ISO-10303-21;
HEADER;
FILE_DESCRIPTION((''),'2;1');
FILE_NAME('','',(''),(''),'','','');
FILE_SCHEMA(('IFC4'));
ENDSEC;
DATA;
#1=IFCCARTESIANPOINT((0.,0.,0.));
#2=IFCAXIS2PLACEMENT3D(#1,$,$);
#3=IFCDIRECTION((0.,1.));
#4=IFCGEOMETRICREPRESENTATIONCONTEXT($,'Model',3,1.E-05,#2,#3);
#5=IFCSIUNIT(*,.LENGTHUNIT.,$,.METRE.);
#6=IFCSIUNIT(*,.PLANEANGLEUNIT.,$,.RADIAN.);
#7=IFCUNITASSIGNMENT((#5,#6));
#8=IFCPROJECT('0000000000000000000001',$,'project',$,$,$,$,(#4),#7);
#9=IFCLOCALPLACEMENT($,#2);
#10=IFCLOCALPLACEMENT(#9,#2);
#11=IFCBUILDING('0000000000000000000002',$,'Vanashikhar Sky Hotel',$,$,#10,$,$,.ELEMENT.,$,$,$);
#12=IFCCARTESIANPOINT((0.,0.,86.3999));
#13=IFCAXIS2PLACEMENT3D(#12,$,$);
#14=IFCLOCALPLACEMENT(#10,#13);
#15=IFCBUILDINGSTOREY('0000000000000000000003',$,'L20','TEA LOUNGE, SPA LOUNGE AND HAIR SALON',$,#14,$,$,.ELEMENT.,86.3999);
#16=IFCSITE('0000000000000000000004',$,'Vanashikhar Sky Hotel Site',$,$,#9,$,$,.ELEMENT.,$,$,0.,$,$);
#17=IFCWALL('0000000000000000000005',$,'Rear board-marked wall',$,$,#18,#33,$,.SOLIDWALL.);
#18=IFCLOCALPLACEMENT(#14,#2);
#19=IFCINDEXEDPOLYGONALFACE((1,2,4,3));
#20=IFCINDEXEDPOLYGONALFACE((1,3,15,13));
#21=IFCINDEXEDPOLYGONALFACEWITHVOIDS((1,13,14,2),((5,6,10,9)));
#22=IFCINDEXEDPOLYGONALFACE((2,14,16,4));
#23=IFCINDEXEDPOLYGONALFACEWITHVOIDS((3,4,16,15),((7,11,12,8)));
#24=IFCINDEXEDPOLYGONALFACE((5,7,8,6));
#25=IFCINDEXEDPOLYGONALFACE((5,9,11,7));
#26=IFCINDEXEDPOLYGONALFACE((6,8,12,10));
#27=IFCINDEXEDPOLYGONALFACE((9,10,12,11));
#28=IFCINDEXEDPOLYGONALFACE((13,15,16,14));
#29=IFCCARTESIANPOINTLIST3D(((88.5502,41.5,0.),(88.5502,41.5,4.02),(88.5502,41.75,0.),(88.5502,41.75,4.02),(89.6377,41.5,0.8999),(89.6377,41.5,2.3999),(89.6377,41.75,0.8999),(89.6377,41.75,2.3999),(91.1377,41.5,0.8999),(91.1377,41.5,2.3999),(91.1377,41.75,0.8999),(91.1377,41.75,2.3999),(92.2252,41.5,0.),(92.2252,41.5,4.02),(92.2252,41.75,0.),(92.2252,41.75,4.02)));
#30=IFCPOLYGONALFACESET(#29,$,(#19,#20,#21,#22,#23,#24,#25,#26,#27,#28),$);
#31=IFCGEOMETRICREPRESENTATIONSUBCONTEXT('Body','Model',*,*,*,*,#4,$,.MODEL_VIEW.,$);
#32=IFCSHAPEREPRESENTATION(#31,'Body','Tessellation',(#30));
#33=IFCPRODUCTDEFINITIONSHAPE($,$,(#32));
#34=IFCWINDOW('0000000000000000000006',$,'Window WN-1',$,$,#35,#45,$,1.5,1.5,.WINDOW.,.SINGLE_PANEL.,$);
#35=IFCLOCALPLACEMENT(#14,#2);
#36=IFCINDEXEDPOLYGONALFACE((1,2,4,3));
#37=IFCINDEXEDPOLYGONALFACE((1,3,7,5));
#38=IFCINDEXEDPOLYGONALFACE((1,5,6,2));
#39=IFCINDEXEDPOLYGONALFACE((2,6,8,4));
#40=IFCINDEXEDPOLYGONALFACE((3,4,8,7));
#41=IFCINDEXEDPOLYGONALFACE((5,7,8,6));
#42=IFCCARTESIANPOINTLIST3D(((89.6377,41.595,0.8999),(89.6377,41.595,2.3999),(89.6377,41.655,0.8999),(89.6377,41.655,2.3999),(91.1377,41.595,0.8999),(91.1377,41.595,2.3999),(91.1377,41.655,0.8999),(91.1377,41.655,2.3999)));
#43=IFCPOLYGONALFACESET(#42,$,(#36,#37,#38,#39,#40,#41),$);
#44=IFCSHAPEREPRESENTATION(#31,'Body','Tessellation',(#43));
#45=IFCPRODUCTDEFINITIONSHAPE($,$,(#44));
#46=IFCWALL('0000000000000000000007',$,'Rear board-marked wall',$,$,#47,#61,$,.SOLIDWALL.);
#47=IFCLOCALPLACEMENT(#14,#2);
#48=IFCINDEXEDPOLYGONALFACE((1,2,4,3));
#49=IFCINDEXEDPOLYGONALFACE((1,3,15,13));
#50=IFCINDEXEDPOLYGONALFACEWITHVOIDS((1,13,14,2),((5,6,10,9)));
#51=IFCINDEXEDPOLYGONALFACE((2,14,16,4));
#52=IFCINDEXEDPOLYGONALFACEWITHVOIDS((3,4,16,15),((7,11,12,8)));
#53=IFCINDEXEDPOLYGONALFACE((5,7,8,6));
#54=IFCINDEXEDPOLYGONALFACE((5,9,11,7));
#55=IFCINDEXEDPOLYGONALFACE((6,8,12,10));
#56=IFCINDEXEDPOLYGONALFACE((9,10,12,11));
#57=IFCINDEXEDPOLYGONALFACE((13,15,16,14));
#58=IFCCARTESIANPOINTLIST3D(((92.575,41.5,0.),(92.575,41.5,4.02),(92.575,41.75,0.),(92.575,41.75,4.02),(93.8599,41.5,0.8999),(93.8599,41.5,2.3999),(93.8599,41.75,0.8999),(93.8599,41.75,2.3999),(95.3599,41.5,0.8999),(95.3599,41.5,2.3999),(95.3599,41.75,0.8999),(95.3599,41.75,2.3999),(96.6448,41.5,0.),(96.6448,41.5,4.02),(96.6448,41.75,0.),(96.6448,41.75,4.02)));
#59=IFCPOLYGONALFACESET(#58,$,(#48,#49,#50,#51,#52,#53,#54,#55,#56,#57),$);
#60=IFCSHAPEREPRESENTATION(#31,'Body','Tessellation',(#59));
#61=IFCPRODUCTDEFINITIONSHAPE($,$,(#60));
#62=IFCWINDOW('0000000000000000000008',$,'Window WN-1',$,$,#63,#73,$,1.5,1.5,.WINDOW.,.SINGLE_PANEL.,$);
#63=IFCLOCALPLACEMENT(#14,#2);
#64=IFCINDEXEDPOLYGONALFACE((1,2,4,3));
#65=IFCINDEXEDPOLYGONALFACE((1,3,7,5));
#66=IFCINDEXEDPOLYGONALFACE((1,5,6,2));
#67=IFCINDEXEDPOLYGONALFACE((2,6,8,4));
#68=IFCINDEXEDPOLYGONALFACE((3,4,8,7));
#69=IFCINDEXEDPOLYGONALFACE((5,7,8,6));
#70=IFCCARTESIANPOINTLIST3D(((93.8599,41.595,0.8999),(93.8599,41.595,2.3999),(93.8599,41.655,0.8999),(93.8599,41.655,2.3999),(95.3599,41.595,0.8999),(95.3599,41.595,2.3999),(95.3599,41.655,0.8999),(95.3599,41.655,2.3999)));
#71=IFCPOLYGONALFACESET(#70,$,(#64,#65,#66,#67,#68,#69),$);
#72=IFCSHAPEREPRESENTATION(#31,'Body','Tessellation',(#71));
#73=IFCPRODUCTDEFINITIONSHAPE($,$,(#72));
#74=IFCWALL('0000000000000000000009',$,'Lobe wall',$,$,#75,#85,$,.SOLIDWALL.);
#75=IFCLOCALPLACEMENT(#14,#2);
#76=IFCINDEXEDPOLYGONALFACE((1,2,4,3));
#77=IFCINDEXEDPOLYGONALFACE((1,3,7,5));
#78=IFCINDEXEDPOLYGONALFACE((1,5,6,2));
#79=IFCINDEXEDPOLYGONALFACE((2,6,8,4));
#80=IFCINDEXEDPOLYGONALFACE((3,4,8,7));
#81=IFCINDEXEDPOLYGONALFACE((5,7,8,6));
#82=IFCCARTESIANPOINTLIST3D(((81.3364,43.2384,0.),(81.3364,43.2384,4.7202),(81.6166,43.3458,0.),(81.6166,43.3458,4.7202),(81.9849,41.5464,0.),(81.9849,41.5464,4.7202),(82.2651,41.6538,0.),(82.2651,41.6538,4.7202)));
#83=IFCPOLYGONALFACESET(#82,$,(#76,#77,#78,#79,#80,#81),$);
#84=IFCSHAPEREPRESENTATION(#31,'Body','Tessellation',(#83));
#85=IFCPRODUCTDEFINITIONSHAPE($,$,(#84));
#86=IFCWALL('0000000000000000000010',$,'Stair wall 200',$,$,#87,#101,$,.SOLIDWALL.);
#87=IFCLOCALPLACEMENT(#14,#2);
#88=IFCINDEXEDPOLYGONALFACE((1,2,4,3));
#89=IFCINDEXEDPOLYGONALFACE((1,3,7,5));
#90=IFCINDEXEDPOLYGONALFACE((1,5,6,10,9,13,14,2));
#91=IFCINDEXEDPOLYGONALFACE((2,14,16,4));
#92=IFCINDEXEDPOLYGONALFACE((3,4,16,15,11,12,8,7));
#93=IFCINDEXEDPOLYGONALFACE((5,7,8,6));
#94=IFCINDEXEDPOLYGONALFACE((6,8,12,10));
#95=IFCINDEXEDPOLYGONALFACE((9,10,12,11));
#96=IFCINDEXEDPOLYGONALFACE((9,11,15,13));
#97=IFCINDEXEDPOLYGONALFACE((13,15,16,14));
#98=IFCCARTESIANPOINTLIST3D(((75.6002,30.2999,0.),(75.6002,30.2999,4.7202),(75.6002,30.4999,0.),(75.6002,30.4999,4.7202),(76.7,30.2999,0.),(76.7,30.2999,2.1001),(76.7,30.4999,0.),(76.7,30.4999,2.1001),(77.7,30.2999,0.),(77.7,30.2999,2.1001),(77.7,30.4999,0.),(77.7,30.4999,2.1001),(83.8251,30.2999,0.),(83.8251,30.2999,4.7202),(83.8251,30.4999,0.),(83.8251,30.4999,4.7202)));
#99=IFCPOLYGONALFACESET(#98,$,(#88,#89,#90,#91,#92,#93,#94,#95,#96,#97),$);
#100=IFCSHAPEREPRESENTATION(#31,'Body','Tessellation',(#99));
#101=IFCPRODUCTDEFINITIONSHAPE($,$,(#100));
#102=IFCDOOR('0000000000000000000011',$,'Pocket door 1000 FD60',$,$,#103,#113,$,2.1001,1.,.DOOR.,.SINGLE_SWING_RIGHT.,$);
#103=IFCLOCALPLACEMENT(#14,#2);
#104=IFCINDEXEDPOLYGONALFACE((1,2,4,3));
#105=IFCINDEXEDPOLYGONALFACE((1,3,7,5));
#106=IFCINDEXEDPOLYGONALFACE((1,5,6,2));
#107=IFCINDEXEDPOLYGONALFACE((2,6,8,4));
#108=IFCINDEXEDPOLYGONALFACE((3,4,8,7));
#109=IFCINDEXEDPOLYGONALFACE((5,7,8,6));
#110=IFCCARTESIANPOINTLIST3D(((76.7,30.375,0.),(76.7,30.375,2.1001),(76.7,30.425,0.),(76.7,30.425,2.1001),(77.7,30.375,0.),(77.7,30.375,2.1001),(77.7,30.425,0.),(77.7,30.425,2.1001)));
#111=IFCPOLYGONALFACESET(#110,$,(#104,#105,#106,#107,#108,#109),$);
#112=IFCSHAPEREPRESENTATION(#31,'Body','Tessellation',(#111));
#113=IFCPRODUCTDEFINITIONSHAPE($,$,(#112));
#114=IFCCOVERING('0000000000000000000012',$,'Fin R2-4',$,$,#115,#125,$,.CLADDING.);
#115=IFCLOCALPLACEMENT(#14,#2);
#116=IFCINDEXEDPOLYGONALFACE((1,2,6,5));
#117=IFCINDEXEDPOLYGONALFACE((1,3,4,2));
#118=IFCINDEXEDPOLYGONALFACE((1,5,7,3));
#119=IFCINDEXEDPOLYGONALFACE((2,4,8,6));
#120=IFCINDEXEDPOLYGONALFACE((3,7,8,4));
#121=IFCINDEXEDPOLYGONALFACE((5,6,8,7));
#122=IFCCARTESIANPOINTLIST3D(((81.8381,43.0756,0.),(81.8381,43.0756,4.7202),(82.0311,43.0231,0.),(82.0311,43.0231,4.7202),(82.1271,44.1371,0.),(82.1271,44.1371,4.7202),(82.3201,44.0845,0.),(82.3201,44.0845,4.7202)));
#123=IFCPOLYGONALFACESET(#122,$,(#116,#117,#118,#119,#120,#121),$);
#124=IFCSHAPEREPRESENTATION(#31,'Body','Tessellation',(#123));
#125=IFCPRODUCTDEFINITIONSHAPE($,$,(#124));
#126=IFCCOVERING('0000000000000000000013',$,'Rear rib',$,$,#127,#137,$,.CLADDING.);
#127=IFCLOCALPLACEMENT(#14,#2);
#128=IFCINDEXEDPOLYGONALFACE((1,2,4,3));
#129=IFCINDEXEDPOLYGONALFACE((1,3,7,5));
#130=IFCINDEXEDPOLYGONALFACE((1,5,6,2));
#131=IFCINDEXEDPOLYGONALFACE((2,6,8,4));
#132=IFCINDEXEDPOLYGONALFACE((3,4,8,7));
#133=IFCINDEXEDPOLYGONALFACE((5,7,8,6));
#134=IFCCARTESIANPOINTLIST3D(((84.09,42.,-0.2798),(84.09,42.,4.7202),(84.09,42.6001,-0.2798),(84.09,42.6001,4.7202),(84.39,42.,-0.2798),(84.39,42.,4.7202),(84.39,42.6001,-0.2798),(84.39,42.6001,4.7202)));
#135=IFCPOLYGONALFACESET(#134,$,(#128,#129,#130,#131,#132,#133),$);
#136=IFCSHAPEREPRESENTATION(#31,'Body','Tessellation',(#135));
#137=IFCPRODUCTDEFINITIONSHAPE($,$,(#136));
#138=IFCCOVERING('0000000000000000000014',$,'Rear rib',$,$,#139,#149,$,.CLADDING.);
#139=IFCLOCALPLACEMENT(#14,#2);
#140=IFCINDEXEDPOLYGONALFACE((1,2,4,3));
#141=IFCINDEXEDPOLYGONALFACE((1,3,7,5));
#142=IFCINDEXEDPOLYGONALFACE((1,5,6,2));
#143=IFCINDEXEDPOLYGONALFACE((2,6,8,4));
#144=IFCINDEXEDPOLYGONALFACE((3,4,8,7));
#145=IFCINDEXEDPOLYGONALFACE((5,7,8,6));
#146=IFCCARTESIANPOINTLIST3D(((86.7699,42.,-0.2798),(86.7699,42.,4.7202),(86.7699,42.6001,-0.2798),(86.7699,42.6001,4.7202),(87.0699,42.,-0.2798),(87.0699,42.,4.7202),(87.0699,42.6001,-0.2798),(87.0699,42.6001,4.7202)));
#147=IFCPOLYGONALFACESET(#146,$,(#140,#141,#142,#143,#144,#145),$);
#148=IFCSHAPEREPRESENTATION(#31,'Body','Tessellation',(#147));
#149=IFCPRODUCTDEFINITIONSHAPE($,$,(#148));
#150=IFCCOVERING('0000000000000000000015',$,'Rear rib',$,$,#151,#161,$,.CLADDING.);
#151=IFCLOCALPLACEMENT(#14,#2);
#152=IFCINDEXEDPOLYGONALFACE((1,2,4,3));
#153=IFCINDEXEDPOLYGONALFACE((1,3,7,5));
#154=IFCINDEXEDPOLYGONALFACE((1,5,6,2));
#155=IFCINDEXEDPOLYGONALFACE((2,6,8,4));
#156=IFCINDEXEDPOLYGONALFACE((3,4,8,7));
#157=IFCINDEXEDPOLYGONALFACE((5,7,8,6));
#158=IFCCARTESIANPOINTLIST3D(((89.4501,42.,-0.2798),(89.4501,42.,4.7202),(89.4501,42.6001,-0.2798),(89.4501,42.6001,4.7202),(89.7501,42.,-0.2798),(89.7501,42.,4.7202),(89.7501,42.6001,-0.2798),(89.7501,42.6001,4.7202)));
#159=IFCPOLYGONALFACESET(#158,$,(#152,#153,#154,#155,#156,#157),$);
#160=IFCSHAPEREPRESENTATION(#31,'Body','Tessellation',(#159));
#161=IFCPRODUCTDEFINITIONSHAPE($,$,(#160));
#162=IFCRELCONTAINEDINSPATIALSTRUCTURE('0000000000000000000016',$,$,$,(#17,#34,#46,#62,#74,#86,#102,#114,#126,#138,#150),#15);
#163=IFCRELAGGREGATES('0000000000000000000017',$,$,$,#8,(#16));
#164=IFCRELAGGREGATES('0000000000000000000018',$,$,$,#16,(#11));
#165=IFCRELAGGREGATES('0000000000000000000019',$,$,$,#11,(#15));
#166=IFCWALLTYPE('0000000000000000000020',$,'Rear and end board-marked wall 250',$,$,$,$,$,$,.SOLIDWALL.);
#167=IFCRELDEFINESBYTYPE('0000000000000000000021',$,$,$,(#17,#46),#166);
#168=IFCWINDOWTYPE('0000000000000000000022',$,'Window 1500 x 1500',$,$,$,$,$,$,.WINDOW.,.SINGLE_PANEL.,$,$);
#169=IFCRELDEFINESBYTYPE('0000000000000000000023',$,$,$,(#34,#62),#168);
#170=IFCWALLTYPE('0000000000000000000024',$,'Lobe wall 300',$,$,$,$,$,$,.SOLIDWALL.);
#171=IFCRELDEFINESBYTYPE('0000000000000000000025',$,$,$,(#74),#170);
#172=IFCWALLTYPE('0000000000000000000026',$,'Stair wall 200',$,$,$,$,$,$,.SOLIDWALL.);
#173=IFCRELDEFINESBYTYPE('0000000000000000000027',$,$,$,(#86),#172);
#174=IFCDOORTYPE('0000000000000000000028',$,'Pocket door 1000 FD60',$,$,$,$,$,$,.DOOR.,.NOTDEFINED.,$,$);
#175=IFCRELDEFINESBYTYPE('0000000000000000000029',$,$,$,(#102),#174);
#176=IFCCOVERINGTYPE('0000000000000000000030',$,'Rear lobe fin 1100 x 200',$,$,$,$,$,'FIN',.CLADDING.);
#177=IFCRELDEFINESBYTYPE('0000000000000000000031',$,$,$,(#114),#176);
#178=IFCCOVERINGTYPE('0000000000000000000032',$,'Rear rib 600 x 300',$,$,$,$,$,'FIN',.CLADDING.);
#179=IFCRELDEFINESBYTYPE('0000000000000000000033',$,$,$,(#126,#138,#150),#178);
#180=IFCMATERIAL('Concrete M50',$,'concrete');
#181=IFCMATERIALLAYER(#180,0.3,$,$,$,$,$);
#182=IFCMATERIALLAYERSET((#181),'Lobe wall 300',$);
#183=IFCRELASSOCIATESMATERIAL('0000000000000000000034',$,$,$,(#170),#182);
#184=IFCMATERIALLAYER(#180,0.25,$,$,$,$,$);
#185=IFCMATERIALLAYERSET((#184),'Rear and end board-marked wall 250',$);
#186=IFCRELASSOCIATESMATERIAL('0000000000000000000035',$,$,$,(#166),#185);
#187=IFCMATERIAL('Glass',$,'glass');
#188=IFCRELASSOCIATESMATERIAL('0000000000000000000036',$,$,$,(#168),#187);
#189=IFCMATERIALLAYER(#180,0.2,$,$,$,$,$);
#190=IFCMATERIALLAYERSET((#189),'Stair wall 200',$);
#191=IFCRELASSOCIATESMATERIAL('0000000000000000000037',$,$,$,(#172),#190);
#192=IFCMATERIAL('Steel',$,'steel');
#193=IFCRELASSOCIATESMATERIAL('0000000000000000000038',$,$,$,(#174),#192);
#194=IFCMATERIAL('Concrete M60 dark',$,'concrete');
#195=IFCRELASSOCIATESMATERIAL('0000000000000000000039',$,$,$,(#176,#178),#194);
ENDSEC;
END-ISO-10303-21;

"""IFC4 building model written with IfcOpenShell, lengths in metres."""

from ifc_helpers import new_model, si_unit, direction, frame, frame_2d, origin, origin_2d, place, context, subcontext, project, spatial, rectangle, extrude, source, transform, mapped, material, layer, layer_set, material_profile, profile_set, type_object, element, fill, save


model = new_model("IFC4")

# Units and contexts
model_context = context("Model", 3, precision=1e-05, world=origin(), true_north=direction((0.0, 1.0)))
body_context = subcontext(model_context, "Body", "Model", "MODEL_VIEW")
ifc_project = project(units=[si_unit("LENGTHUNIT", "METRE"), si_unit("PLANEANGLEUNIT", "RADIAN")], contexts=[model_context])

# Site, building, storey
site_placement = place(None, origin())
site = spatial("IfcSite", under=ifc_project, at=site_placement, Name="Vanashikhar Sky Hotel Site", CompositionType="ELEMENT", RefElevation=0.0)
building_placement = place(site_placement, origin())
building = spatial("IfcBuilding", under=site, at=building_placement, Name="Vanashikhar Sky Hotel", CompositionType="ELEMENT")
storey_placement = place(building_placement, frame((0.0, 0.0, 86.3999)))
storey = spatial("IfcBuildingStorey", under=building, at=storey_placement, Name="L20", Description="TEA LOUNGE, SPA LOUNGE AND HAIR SALON", CompositionType="ELEMENT", Elevation=86.3999)

# Shared definitions
ifc_material_1 = material(Name="Concrete M50", Category="concrete")

# Shared definitions
ifc_layer_1 = layer(ifc_material_1, 0.3)
ifc_layer_set_1 = layer_set([ifc_layer_1], Name="Lobe wall 300")
wall_type_1 = type_object("IfcWallType", Name="Lobe wall 300", PredefinedType="SOLIDWALL", material=ifc_layer_set_1)
ifc_material_2 = material(Name="Glass", Category="glass")

# Shared definitions
ifc_layer_2 = layer(ifc_material_1, 0.25)
ifc_layer_set_2 = layer_set([ifc_layer_2], Name="Rear and end board-marked wall 250")
wall_type_2 = type_object("IfcWallType", Name="Rear and end board-marked wall 250", PredefinedType="SOLIDWALL", material=ifc_layer_set_2)

# Walls, openings, windows
shared_shape_1 = source(origin(), body_context, "Body", "SweptSolid", [
    extrude(rectangle(XDim=3.675, YDim=0.25, at=frame_2d((1.8374, 0.0))), origin(), (0.0, 0.0, 1.0), 4.02),
])
shared_shape_2 = source(origin(), body_context, "Body", "SweptSolid", [
    extrude(rectangle(XDim=1.5, YDim=1.5, at=frame_2d((0.75, 0.75))), frame((0.0, 0.135, 0.0), z_axis=(0.0, -1.0, 0.0), x_axis=(1.0, 0.0, 0.0)), (0.0, 0.0, 1.0), 0.27),
])
window_type_1 = type_object("IfcWindowType", Name="Window 1500 x 1500", PartitioningType="SINGLE_PANEL", PredefinedType="WINDOW", material=ifc_material_2)
shared_shape_3 = source(origin(), body_context, "Body", "SweptSolid", [
    extrude(rectangle(XDim=1.5, YDim=1.5, at=frame_2d((0.75, 0.75))), frame((0.0, 0.03, 0.0), z_axis=(0.0, -1.0, 0.0), x_axis=(1.0, 0.0, 0.0)), (0.0, 0.0, 1.0), 0.0601),
])
wall_1_placement = place(storey_placement, frame((92.2251, 41.625, 0.0), z_axis=(0.0, 0.0, 1.0), x_axis=(-1.0, 0.0, 0.0)))
wall_1 = element("IfcWall", 1, at=wall_1_placement, inside=storey, type_object=wall_type_2, Name="Rear board-marked wall", PredefinedType="SOLIDWALL", context=body_context, shape_type="MappedRepresentation", body=[
    mapped(shared_shape_1, transform((0.0, 0.0, 0.0), scale=1.0)),
])
opening_1_placement = place(wall_1_placement, frame((1.0874, 0.0, 0.8999)))
opening_1 = element("IfcOpeningElement", 2, at=opening_1_placement, cuts=wall_1, PredefinedType="OPENING", context=body_context, shape_type="MappedRepresentation", body=[
    mapped(shared_shape_2, transform((0.0, 0.0, 0.0), scale=1.0)),
])
window_1_placement = place(opening_1_placement, origin())
window_1 = element("IfcWindow", 3, at=window_1_placement, inside=storey, type_object=window_type_1, Name="Window WN-1", OverallHeight=1.5, OverallWidth=1.5, PartitioningType="SINGLE_PANEL", PredefinedType="WINDOW", context=body_context, shape_type="MappedRepresentation", body=[
    mapped(shared_shape_3, transform((0.0, 0.0, 0.0), scale=1.0)),
])
fill(opening_1, window_1)
shared_shape_4 = source(origin(), body_context, "Body", "SweptSolid", [
    extrude(rectangle(XDim=4.0698, YDim=0.25, at=frame_2d((2.0349, 0.0))), origin(), (0.0, 0.0, 1.0), 4.02),
])
wall_2_placement = place(storey_placement, frame((96.6448, 41.625, 0.0), z_axis=(0.0, 0.0, 1.0), x_axis=(-1.0, 0.0, 0.0)))
wall_2 = element("IfcWall", 4, at=wall_2_placement, inside=storey, type_object=wall_type_2, Name="Rear board-marked wall", PredefinedType="SOLIDWALL", context=body_context, shape_type="MappedRepresentation", body=[
    mapped(shared_shape_4, transform((0.0, 0.0, 0.0), scale=1.0)),
])
opening_2_placement = place(wall_2_placement, frame((1.2849, 0.0, 0.8999)))
opening_2 = element("IfcOpeningElement", 5, at=opening_2_placement, cuts=wall_2, PredefinedType="OPENING", context=body_context, shape_type="MappedRepresentation", body=[
    mapped(shared_shape_2, transform((0.0, 0.0, 0.0), scale=1.0)),
])
window_2_placement = place(opening_2_placement, origin())
window_2 = element("IfcWindow", 6, at=window_2_placement, inside=storey, type_object=window_type_1, Name="Window WN-1", OverallHeight=1.5, OverallWidth=1.5, PartitioningType="SINGLE_PANEL", PredefinedType="WINDOW", context=body_context, shape_type="MappedRepresentation", body=[
    mapped(shared_shape_3, transform((0.0, 0.0, 0.0), scale=1.0)),
])
fill(opening_2, window_2)

# Wall
shared_shape_5 = source(origin(), body_context, "Body", "SweptSolid", [
    extrude(rectangle(XDim=1.812, YDim=0.3, at=frame_2d((0.906, 0.0))), origin(), (0.0, 0.0, 1.0), 4.7202),
])
wall_3_placement = place(storey_placement, frame((82.125, 41.6001, 0.0), z_axis=(0.0, 0.0, 1.0), x_axis=(-0.357877, 0.933769, 0.0)))
element("IfcWall", 7, at=wall_3_placement, inside=storey, type_object=wall_type_1, Name="Lobe wall", PredefinedType="SOLIDWALL", context=body_context, shape_type="MappedRepresentation", body=[
    mapped(shared_shape_5, transform((0.0, 0.0, 0.0), scale=1.0)),
])

# Wall, opening, door
ifc_layer_3 = layer(ifc_material_1, 0.2)
ifc_layer_set_3 = layer_set([ifc_layer_3], Name="Stair wall 200")
wall_type_3 = type_object("IfcWallType", Name="Stair wall 200", PredefinedType="SOLIDWALL", material=ifc_layer_set_3)
shared_shape_6 = source(origin(), body_context, "Body", "SweptSolid", [
    extrude(rectangle(XDim=8.2249, YDim=0.2, at=frame_2d((4.1123, 0.0))), origin(), (0.0, 0.0, 1.0), 4.7202),
])
wall_4_placement = place(storey_placement, frame((83.825, 30.3999, 0.0), z_axis=(0.0, 0.0, 1.0), x_axis=(-1.0, 0.0, 0.0)))
wall_4 = element("IfcWall", 8, at=wall_4_placement, inside=storey, type_object=wall_type_3, Name="Stair wall 200", PredefinedType="SOLIDWALL", context=body_context, shape_type="MappedRepresentation", body=[
    mapped(shared_shape_6, transform((0.0, 0.0, 0.0), scale=1.0)),
])
shared_shape_7 = source(origin(), body_context, "Body", "SweptSolid", [
    extrude(rectangle(XDim=1.0, YDim=2.1001, at=frame_2d((0.5, 1.05))), frame((0.0, 0.1099, 0.0), z_axis=(0.0, -1.0, 0.0), x_axis=(1.0, 0.0, 0.0)), (0.0, 0.0, 1.0), 0.22),
])
opening_3_placement = place(wall_4_placement, frame((6.125, 0.0, 0.0)))
opening_3 = element("IfcOpeningElement", 9, at=opening_3_placement, cuts=wall_4, PredefinedType="OPENING", context=body_context, shape_type="MappedRepresentation", body=[
    mapped(shared_shape_7, transform((0.0, 0.0, 0.0), scale=1.0)),
])
ifc_material_3 = material(Name="Steel", Category="steel")
door_type = type_object("IfcDoorType", Name="Pocket door 1000 FD60", OperationType="NOTDEFINED", PredefinedType="DOOR", material=ifc_material_3)
shared_shape_8 = source(origin(), body_context, "Body", "SweptSolid", [
    extrude(rectangle(XDim=1.0, YDim=2.1001, at=frame_2d((0.5, 1.05))), frame((0.0, 0.0249, 0.0), z_axis=(0.0, -1.0, 0.0), x_axis=(1.0, 0.0, 0.0)), (0.0, 0.0, 1.0), 0.05),
])
door_placement = place(opening_3_placement, origin())
door = element("IfcDoor", 10, at=door_placement, inside=storey, type_object=door_type, Name="Pocket door 1000 FD60", OperationType="SINGLE_SWING_RIGHT", OverallHeight=2.1001, OverallWidth=1.0, PredefinedType="DOOR", context=body_context, shape_type="MappedRepresentation", body=[
    mapped(shared_shape_8, transform((0.0, 0.0, 0.0), scale=1.0)),
])
fill(opening_3, door)

# Coverings
ifc_material_4 = material(Name="Concrete M60 dark", Category="concrete")
ifc_material_profile_1 = material_profile(ifc_material_4, rectangle(XDim=1.1001, YDim=0.2, at=origin_2d()))
ifc_profile_set_1 = profile_set([ifc_material_profile_1], Name="Rear lobe fin 1100 x 200")
covering_type_1 = type_object("IfcCoveringType", Name="Rear lobe fin 1100 x 200", ElementType="FIN", PredefinedType="CLADDING", material=ifc_profile_set_1)
shared_shape_9 = source(origin(), body_context, "Body", "SweptSolid", [
    extrude(rectangle(XDim=1.1001, YDim=0.2, at=origin_2d()), origin(), (0.0, 0.0, 1.0), 4.7202),
])
covering_placement = place(storey_placement, frame((82.0791, 43.5801, 0.0), z_axis=(0.0, 0.0, 1.0), x_axis=(0.262711, 0.964874, 0.0)))
element("IfcCovering", 11, at=covering_placement, inside=storey, type_object=covering_type_1, Name="Fin R2-4", PredefinedType="CLADDING", context=body_context, shape_type="MappedRepresentation", body=[
    mapped(shared_shape_9, transform((0.0, 0.0, 0.0), scale=1.0)),
])
ifc_material_profile_2 = material_profile(ifc_material_4, rectangle(XDim=0.6001, YDim=0.3, at=origin_2d()))
ifc_profile_set_2 = profile_set([ifc_material_profile_2], Name="Rear rib 600 x 300")
covering_type_2 = type_object("IfcCoveringType", Name="Rear rib 600 x 300", ElementType="FIN", PredefinedType="CLADDING", material=ifc_profile_set_2)
shared_shape_10 = source(origin(), body_context, "Body", "SweptSolid", [
    extrude(rectangle(XDim=0.6001, YDim=0.3, at=origin_2d()), origin(), (0.0, 0.0, 1.0), 5.0),
])
for number, where, z_axis, x_axis, name in (
    (12, (84.24, 42.3, -0.2798), (0.0, 0.0, 1.0), (0.0, 1.0, 0.0), "Rear rib"),
    (13, (86.9199, 42.3, -0.2798), (0.0, 0.0, 1.0), (0.0, 1.0, 0.0), "Rear rib"),
    (14, (89.6001, 42.3, -0.2798), (0.0, 0.0, 1.0), (0.0, 1.0, 0.0), "Rear rib"),
):
    element("IfcCovering", number, at=place(storey_placement, frame(where, z_axis=z_axis, x_axis=x_axis)), inside=storey, type_object=covering_type_2, Name=name, PredefinedType="CLADDING", context=body_context, shape_type="MappedRepresentation", body=[
        mapped(shared_shape_10, transform((0.0, 0.0, 0.0), scale=1.0)),
    ])

save(model, "model.ifc")
